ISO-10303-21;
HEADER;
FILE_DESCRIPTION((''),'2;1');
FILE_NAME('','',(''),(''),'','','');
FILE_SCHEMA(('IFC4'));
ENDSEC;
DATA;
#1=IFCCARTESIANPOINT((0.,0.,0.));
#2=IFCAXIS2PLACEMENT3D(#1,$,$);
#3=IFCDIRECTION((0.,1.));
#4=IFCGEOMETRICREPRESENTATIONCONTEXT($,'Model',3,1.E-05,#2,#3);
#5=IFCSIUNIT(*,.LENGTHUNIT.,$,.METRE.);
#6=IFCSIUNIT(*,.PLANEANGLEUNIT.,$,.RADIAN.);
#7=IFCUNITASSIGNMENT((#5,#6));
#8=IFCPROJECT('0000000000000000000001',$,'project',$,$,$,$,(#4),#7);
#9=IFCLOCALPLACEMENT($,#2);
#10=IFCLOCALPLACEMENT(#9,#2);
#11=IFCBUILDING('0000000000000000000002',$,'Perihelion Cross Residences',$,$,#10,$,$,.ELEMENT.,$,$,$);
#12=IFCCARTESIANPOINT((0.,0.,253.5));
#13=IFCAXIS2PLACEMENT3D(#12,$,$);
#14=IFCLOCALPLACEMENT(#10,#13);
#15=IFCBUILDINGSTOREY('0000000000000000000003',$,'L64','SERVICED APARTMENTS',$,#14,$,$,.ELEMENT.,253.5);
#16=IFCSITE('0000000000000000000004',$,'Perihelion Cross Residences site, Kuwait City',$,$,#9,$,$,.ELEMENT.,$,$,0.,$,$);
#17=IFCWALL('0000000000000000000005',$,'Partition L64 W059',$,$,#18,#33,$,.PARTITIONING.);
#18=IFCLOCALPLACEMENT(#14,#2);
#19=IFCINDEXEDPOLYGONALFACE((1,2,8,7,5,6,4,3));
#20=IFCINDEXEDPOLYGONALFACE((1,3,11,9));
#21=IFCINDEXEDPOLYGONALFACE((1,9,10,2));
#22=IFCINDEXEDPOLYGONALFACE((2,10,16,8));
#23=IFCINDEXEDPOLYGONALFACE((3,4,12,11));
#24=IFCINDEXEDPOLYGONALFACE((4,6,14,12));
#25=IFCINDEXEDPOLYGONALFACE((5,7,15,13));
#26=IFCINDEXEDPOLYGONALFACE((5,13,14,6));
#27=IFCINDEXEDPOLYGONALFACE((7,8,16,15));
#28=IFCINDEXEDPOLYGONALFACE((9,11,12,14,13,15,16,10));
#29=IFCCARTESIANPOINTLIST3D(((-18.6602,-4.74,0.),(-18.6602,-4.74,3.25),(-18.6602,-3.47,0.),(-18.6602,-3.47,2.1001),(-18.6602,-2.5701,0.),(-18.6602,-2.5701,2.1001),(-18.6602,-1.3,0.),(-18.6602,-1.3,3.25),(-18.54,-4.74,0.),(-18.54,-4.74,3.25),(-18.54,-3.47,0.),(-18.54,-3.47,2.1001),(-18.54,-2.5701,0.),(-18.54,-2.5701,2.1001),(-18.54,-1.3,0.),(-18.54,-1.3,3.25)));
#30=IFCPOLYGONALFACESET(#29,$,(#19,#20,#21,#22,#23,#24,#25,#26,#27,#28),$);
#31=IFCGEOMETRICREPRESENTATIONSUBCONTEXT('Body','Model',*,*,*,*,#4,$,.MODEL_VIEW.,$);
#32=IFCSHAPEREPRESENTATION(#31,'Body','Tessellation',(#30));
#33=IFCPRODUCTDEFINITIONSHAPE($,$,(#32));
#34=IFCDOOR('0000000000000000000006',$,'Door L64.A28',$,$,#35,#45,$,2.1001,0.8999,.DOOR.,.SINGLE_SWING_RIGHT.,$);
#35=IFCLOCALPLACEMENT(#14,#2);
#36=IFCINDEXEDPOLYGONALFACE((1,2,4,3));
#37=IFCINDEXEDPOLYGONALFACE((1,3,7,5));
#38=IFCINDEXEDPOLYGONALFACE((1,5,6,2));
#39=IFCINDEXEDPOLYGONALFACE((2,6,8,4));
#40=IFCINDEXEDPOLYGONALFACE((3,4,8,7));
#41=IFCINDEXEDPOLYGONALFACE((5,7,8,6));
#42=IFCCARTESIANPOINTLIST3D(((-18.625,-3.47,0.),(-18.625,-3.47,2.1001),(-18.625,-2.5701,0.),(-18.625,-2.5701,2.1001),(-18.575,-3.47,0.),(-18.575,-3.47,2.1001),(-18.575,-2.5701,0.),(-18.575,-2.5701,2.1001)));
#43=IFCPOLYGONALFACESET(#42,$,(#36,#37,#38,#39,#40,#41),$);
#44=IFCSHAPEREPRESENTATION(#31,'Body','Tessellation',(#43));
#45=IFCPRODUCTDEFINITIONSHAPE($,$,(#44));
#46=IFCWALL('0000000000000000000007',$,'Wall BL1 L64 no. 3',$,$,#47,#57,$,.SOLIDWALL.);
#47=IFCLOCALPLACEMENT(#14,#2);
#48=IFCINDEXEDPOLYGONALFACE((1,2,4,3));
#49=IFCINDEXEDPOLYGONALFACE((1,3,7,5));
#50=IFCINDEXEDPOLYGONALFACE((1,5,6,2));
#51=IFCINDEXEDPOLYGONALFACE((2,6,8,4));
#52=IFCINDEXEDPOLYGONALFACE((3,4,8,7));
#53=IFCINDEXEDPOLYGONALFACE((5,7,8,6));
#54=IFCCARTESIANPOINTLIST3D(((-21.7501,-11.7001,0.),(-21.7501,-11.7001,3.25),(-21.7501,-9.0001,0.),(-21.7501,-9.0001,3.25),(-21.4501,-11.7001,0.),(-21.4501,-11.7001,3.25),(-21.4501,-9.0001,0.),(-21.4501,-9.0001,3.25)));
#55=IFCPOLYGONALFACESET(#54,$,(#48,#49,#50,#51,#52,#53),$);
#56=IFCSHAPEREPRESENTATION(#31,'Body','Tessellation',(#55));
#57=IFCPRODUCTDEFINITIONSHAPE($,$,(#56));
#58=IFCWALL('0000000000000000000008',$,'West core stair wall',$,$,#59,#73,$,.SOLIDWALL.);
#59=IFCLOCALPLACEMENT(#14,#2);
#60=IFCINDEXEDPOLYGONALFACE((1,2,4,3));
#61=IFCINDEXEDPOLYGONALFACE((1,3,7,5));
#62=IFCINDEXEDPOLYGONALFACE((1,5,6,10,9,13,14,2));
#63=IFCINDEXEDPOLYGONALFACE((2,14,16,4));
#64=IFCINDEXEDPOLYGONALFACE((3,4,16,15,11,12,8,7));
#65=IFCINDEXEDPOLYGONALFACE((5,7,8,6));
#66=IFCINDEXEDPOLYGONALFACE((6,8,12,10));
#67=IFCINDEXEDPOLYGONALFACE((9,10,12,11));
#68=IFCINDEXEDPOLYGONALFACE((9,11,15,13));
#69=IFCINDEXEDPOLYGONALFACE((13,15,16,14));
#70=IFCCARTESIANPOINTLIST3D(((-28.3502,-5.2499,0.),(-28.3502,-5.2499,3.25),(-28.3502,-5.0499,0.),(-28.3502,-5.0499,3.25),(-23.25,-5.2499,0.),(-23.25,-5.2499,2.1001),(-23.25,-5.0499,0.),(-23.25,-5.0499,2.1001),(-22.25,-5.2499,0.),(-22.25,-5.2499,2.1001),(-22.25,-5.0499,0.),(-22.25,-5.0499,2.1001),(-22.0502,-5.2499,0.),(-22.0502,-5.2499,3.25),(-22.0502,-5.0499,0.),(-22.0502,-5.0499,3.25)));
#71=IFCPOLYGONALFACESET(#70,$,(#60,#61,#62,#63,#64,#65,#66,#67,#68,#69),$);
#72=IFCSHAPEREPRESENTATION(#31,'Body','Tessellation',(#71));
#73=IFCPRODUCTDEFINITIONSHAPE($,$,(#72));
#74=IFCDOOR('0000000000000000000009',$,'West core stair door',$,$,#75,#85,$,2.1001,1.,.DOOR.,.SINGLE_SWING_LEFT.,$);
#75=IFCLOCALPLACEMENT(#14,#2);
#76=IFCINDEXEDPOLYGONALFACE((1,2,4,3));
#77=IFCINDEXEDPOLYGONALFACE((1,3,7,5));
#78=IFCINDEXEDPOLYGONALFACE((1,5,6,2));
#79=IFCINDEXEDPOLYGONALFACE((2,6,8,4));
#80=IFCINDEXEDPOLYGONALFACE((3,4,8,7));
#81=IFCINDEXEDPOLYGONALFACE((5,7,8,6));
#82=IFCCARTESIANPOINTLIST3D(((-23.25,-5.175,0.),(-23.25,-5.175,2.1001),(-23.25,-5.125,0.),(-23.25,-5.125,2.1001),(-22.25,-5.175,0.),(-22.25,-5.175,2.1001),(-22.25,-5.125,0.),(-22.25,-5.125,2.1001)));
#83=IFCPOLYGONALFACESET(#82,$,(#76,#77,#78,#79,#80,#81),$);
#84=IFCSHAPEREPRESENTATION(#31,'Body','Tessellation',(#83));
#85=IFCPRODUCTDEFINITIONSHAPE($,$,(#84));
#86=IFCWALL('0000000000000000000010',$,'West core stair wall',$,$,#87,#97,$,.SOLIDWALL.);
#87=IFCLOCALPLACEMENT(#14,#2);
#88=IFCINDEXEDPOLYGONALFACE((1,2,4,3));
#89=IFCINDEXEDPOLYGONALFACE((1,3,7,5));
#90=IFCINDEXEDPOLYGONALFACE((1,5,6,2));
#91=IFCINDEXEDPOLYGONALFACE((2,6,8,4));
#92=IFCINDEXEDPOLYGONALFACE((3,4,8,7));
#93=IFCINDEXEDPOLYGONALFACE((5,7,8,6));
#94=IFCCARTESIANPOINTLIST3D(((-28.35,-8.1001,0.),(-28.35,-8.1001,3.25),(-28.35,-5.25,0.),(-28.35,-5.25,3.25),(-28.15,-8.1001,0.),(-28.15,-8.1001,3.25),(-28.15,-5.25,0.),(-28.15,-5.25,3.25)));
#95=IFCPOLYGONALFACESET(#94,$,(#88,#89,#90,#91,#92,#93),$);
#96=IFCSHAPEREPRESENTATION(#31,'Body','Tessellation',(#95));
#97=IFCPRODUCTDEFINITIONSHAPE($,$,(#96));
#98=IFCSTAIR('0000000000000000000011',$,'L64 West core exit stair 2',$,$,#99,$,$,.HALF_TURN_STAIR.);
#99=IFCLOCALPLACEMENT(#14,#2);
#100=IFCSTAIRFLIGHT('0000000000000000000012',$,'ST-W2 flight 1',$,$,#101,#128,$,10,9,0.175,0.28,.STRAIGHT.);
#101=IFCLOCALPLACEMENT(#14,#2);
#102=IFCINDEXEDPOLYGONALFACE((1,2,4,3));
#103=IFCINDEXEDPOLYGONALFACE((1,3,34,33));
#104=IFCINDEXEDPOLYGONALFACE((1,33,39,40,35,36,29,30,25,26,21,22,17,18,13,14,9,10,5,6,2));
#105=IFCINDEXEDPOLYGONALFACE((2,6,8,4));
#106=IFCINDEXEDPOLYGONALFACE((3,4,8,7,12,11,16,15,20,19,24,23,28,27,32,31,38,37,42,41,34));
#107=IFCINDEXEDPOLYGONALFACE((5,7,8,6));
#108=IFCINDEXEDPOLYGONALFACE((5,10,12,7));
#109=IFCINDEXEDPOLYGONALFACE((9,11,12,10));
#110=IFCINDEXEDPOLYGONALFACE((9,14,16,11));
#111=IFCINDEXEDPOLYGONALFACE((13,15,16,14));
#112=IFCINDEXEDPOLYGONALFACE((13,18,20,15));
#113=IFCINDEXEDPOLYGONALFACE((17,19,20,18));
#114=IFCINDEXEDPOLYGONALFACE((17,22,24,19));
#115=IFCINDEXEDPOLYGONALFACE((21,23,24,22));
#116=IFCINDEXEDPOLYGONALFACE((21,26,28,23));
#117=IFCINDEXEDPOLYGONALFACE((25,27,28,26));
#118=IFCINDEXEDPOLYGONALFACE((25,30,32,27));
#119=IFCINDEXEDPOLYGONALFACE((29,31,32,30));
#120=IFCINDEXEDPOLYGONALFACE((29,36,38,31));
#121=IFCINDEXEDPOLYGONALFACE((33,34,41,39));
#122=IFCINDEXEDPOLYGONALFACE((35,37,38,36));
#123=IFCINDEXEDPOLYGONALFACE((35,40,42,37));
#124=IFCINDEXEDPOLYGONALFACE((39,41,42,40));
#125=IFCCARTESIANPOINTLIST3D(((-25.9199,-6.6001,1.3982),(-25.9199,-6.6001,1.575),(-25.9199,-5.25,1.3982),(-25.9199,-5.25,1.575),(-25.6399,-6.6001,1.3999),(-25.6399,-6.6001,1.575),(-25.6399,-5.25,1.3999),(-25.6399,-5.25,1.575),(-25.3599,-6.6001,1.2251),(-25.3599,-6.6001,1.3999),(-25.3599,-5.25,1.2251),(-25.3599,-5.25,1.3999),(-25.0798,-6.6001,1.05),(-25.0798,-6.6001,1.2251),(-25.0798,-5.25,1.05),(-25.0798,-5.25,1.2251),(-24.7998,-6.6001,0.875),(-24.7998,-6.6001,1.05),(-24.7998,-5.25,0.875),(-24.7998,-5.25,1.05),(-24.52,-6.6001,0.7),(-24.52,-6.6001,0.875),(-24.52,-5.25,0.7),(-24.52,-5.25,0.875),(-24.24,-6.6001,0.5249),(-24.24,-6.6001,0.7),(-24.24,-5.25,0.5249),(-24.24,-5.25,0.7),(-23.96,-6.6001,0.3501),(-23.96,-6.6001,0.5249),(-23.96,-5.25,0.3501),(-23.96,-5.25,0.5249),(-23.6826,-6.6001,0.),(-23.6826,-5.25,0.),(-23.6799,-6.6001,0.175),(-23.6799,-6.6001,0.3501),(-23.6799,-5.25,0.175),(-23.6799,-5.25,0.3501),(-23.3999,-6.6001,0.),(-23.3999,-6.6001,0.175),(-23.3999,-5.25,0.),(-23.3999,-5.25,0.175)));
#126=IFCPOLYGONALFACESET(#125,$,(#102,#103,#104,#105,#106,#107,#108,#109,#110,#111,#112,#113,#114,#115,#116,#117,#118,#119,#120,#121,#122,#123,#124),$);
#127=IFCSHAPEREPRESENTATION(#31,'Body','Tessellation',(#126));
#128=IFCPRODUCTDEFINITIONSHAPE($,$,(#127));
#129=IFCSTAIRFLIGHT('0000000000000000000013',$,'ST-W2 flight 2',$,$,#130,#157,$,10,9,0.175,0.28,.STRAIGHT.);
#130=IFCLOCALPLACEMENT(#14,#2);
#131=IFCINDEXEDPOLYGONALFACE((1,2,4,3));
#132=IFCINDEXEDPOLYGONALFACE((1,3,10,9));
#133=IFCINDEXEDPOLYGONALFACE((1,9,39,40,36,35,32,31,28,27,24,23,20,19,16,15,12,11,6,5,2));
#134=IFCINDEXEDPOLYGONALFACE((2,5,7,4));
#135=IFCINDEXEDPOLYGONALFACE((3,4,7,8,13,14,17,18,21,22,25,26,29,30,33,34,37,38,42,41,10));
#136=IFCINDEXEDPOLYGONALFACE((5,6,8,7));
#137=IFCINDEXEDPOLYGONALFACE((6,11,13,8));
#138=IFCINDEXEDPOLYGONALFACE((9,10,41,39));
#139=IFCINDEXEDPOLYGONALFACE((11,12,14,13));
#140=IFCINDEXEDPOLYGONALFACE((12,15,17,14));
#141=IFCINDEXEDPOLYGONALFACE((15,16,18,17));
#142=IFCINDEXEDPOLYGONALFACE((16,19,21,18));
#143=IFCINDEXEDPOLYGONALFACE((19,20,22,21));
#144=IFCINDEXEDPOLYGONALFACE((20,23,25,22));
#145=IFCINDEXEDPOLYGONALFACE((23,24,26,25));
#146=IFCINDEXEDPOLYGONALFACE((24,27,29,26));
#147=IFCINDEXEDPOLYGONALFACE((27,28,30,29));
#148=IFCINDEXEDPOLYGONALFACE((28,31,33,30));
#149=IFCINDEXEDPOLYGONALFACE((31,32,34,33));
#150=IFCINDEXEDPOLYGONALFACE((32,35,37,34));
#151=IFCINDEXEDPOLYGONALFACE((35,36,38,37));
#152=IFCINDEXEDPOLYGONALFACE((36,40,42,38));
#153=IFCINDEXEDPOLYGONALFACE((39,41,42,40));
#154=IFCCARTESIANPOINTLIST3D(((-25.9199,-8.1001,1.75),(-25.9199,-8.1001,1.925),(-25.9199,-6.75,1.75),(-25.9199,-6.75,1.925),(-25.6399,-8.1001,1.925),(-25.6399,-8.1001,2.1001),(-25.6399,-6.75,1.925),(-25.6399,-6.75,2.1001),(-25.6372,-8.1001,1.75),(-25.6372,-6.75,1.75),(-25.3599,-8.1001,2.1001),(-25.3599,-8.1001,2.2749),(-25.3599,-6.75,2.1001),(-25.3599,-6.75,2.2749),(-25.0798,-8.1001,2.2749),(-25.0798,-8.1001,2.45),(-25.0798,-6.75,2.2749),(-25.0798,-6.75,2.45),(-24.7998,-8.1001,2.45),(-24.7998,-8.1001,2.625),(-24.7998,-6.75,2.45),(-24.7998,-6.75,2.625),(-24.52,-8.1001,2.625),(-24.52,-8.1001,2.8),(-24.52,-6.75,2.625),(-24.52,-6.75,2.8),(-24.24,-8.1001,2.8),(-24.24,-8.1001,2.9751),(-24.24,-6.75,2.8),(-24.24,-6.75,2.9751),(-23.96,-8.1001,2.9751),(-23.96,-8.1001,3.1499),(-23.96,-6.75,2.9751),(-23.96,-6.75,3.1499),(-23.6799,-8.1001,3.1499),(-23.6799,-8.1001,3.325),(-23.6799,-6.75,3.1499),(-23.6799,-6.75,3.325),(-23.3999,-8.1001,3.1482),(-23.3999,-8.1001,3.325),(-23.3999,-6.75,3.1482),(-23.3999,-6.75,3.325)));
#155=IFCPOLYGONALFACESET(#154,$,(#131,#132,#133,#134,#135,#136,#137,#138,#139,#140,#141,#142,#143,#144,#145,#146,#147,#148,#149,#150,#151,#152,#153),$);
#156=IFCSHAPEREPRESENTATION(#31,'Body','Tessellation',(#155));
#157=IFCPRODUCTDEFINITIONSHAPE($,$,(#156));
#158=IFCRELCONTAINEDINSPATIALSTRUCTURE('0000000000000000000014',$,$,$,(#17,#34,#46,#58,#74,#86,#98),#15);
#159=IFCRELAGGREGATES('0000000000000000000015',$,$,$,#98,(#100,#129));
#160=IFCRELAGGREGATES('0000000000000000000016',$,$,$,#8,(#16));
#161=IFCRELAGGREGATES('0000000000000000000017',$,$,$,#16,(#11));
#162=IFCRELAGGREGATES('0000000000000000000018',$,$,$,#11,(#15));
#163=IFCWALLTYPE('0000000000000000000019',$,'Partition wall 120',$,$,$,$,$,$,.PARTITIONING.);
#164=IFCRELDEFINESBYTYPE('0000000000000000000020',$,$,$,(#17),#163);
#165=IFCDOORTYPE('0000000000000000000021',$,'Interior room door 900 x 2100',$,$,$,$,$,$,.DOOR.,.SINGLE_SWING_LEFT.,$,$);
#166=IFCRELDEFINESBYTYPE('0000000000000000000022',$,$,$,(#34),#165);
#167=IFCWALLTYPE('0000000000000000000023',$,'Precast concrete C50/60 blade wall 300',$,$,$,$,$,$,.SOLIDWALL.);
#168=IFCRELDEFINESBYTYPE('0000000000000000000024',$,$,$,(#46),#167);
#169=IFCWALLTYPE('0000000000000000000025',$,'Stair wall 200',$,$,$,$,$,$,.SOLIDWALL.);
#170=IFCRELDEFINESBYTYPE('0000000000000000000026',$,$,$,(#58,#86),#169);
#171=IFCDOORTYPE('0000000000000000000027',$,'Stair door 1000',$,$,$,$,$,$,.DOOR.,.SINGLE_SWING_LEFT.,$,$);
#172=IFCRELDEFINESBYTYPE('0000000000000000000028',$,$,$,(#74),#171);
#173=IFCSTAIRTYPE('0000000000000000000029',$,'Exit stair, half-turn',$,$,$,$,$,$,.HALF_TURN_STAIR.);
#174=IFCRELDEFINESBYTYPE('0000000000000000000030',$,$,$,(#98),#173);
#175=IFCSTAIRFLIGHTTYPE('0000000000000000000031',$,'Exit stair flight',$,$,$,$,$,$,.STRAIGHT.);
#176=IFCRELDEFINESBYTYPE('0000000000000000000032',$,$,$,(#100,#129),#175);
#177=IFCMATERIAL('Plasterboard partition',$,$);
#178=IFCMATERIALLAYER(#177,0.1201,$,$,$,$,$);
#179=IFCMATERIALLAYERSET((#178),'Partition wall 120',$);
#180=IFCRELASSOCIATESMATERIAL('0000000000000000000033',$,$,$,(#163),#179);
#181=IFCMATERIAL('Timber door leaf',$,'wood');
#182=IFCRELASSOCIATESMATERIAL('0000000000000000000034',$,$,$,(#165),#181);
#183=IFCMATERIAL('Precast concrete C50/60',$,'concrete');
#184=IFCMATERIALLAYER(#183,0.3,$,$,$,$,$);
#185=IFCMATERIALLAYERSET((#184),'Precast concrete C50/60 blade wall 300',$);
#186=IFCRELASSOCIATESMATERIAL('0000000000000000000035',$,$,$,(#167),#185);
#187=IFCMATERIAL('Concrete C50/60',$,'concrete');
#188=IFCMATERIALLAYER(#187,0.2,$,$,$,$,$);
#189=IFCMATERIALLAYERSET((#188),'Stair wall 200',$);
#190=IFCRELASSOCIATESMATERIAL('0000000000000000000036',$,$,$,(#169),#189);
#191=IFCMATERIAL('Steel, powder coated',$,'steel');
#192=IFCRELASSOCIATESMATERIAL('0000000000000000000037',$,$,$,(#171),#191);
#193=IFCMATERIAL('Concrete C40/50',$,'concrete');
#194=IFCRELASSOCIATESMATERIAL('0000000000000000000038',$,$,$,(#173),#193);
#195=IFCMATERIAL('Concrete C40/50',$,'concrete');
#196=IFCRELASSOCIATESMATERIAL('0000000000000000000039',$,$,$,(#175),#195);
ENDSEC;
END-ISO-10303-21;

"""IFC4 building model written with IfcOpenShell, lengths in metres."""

from ifc_helpers import new_model, si_unit, direction, frame, frame_2d, origin, place, context, subcontext, project, spatial, polyline, rectangle, outline, extrude, material, layer, layer_set, type_object, element, fill, aggregate, save


model = new_model("IFC4")

# Units and contexts
model_context = context("Model", 3, precision=1e-05, world=origin(), true_north=direction((0.0, 1.0)))
body_context = subcontext(model_context, "Body", "Model", "MODEL_VIEW")
ifc_project = project(units=[si_unit("LENGTHUNIT", "METRE"), si_unit("PLANEANGLEUNIT", "RADIAN")], contexts=[model_context])

# Site, building, storey
site_placement = place(None, origin())
site = spatial("IfcSite", under=ifc_project, at=site_placement, Name="Perihelion Cross Residences site, Kuwait City", CompositionType="ELEMENT", RefElevation=0.0)
building_placement = place(site_placement, origin())
building = spatial("IfcBuilding", under=site, at=building_placement, Name="Perihelion Cross Residences", CompositionType="ELEMENT")
storey_placement = place(building_placement, frame((0.0, 0.0, 253.5)))
storey = spatial("IfcBuildingStorey", under=building, at=storey_placement, Name="L64", Description="SERVICED APARTMENTS", CompositionType="ELEMENT", Elevation=253.5)

# Wall, opening, door
ifc_material_1 = material(Name="Plasterboard partition")
ifc_layer_1 = layer(ifc_material_1, 0.1201)
ifc_layer_set_1 = layer_set([ifc_layer_1], Name="Partition wall 120")
wall_type_1 = type_object("IfcWallType", Name="Partition wall 120", PredefinedType="PARTITIONING", material=ifc_layer_set_1)
wall_1_placement = place(storey_placement, frame((-18.6001, -4.74, 0.0), z_axis=(0.0, 0.0, 1.0), x_axis=(0.0, 1.0, 0.0)))
wall_1 = element("IfcWall", 1, at=wall_1_placement, inside=storey, type_object=wall_type_1, Name="Partition L64 W059", PredefinedType="PARTITIONING", context=body_context, shape_type="SweptSolid", body=[
    extrude(rectangle(XDim=3.4399, YDim=0.1201, at=frame_2d((1.72, 0.0))), origin(), (0.0, 0.0, 1.0), 3.25),
])
opening_1_placement = place(wall_1_placement, frame((1.27, 0.0, 0.0)))
opening_1 = element("IfcOpeningElement", 2, at=opening_1_placement, cuts=wall_1, PredefinedType="OPENING", context=body_context, shape_type="SweptSolid", body=[
    extrude(rectangle(XDim=0.8999, YDim=2.1001, at=frame_2d((0.45, 1.05))), frame((0.0, 0.0701, 0.0), z_axis=(0.0, -1.0, 0.0), x_axis=(1.0, 0.0, 0.0)), (0.0, 0.0, 1.0), 0.1401),
])
ifc_material_2 = material(Name="Timber door leaf", Category="wood")
door_type_1 = type_object("IfcDoorType", Name="Interior room door 900 x 2100", OperationType="SINGLE_SWING_LEFT", PredefinedType="DOOR", material=ifc_material_2)
door_1_placement = place(opening_1_placement, origin())
door_1 = element("IfcDoor", 3, at=door_1_placement, inside=storey, type_object=door_type_1, Name="Door L64.A28", OperationType="SINGLE_SWING_RIGHT", OverallHeight=2.1001, OverallWidth=0.8999, PredefinedType="DOOR", context=body_context, shape_type="SweptSolid", body=[
    extrude(rectangle(XDim=0.8999, YDim=2.1001, at=frame_2d((0.45, 1.05))), frame((0.0, 0.0249, 0.0), z_axis=(0.0, -1.0, 0.0), x_axis=(1.0, 0.0, 0.0)), (0.0, 0.0, 1.0), 0.05),
])
fill(opening_1, door_1)

# Wall
ifc_material_3 = material(Name="Precast concrete C50/60", Category="concrete")
ifc_layer_2 = layer(ifc_material_3, 0.3)
ifc_layer_set_2 = layer_set([ifc_layer_2], Name="Precast concrete C50/60 blade wall 300")
wall_type_2 = type_object("IfcWallType", Name="Precast concrete C50/60 blade wall 300", PredefinedType="SOLIDWALL", material=ifc_layer_set_2)
wall_2_placement = place(storey_placement, frame((-21.6001, -9.0, 0.0), z_axis=(0.0, 0.0, 1.0), x_axis=(0.0, -1.0, 0.0)))
element("IfcWall", 4, at=wall_2_placement, inside=storey, type_object=wall_type_2, Name="Wall BL1 L64 no. 3", PredefinedType="SOLIDWALL", context=body_context, shape_type="SweptSolid", body=[
    extrude(rectangle(XDim=2.7, YDim=0.3, at=frame_2d((1.3501, 0.0))), origin(), (0.0, 0.0, 1.0), 3.25),
])

# Wall, opening, door
ifc_material_4 = material(Name="Concrete C50/60", Category="concrete")
ifc_layer_3 = layer(ifc_material_4, 0.2)
ifc_layer_set_3 = layer_set([ifc_layer_3], Name="Stair wall 200")
wall_type_3 = type_object("IfcWallType", Name="Stair wall 200", PredefinedType="SOLIDWALL", material=ifc_layer_set_3)
wall_3_placement = place(storey_placement, frame((-28.3501, -5.1499, 0.0), z_axis=(0.0, 0.0, 1.0), x_axis=(1.0, 0.0, 0.0)))
wall_3 = element("IfcWall", 5, at=wall_3_placement, inside=storey, type_object=wall_type_3, Name="West core stair wall", PredefinedType="SOLIDWALL", context=body_context, shape_type="SweptSolid", body=[
    extrude(rectangle(XDim=6.3, YDim=0.2, at=frame_2d((3.1499, 0.0))), origin(), (0.0, 0.0, 1.0), 3.25),
])
opening_2_placement = place(wall_3_placement, frame((5.1001, 0.0, 0.0)))
opening_2 = element("IfcOpeningElement", 6, at=opening_2_placement, cuts=wall_3, PredefinedType="OPENING", context=body_context, shape_type="SweptSolid", body=[
    extrude(rectangle(XDim=1.0, YDim=2.1001, at=frame_2d((0.5, 1.05))), frame((0.0, 0.1099, 0.0), z_axis=(0.0, -1.0, 0.0), x_axis=(1.0, 0.0, 0.0)), (0.0, 0.0, 1.0), 0.22),
])
ifc_material_5 = material(Name="Steel, powder coated", Category="steel")
door_type_2 = type_object("IfcDoorType", Name="Stair door 1000", OperationType="SINGLE_SWING_LEFT", PredefinedType="DOOR", material=ifc_material_5)
door_2_placement = place(opening_2_placement, origin())
door_2 = element("IfcDoor", 7, at=door_2_placement, inside=storey, type_object=door_type_2, Name="West core stair door", OperationType="SINGLE_SWING_LEFT", OverallHeight=2.1001, OverallWidth=1.0, PredefinedType="DOOR", context=body_context, shape_type="SweptSolid", body=[
    extrude(rectangle(XDim=1.0, YDim=2.1001, at=frame_2d((0.5, 1.05))), frame((0.0, 0.0249, 0.0), z_axis=(0.0, -1.0, 0.0), x_axis=(1.0, 0.0, 0.0)), (0.0, 0.0, 1.0), 0.05),
])
fill(opening_2, door_2)

# Wall
wall_4_placement = place(storey_placement, frame((-28.25, -8.1001, 0.0), z_axis=(0.0, 0.0, 1.0), x_axis=(0.0, 1.0, 0.0)))
element("IfcWall", 8, at=wall_4_placement, inside=storey, type_object=wall_type_3, Name="West core stair wall", PredefinedType="SOLIDWALL", context=body_context, shape_type="SweptSolid", body=[
    extrude(rectangle(XDim=2.8501, YDim=0.2, at=frame_2d((1.425, 0.0))), origin(), (0.0, 0.0, 1.0), 3.25),
])

# Stair, stair flights
ifc_material_6 = material(Name="Concrete C40/50", Category="concrete")
stair_type = type_object("IfcStairType", Name="Exit stair, half-turn", PredefinedType="HALF_TURN_STAIR", material=ifc_material_6)
stair_placement = place(storey_placement, origin())
stair = element("IfcStair", 9, at=stair_placement, inside=storey, type_object=stair_type, Name="L64 West core exit stair 2", PredefinedType="HALF_TURN_STAIR")
ifc_material_7 = material(Name="Concrete C40/50", Category="concrete")
stair_flight_type = type_object("IfcStairFlightType", Name="Exit stair flight", PredefinedType="STRAIGHT", material=ifc_material_7)
stair_flight_1_placement = place(storey_placement, frame((-23.3999, -5.925, 0.0), z_axis=(0.0, 0.0, 1.0), x_axis=(-1.0, 0.0, 0.0)))
stair_flight_1 = element("IfcStairFlight", 10, at=stair_flight_1_placement, type_object=stair_flight_type, Name="ST-W2 flight 1", NumberOfRisers=10, NumberOfTreads=9, PredefinedType="STRAIGHT", RiserHeight=0.175, TreadLength=0.28, context=body_context, shape_type="SweptSolid", body=[
    extrude(outline(polyline([(0.0, 0.0), (0.0, 0.175), (0.28, 0.175), (0.28, 0.3501), (0.5601, 0.3501), (0.5601, 0.5249), (0.8401, 0.5249), (0.8401, 0.7), (1.1201, 0.7), (1.1201, 0.875), (1.3999, 0.875), (1.3999, 1.05), (1.6799, 1.05), (1.6799, 1.2251), (1.96, 1.2251), (1.96, 1.3999), (2.24, 1.3999), (2.24, 1.575), (2.52, 1.575), (2.52, 1.75), (2.52, 1.3982), (0.2827, 0.0), (0.0, 0.0)])), frame((0.0, 0.675, 0.0), z_axis=(0.0, -1.0, 0.0), x_axis=(1.0, 0.0, 0.0)), (0.0, 0.0, 1.0), 1.3501),
])
stair_flight_2_placement = place(storey_placement, frame((-25.9199, -7.425, 1.75), z_axis=(0.0, 0.0, 1.0), x_axis=(1.0, 0.0, 0.0)))
stair_flight_2 = element("IfcStairFlight", 11, at=stair_flight_2_placement, type_object=stair_flight_type, Name="ST-W2 flight 2", NumberOfRisers=10, NumberOfTreads=9, PredefinedType="STRAIGHT", RiserHeight=0.175, TreadLength=0.28, context=body_context, shape_type="SweptSolid", body=[
    extrude(outline(polyline([(0.0, 0.0), (0.0, 0.175), (0.28, 0.175), (0.28, 0.3501), (0.5601, 0.3501), (0.5601, 0.5249), (0.8401, 0.5249), (0.8401, 0.7), (1.1201, 0.7), (1.1201, 0.875), (1.3999, 0.875), (1.3999, 1.05), (1.6799, 1.05), (1.6799, 1.2251), (1.96, 1.2251), (1.96, 1.3999), (2.24, 1.3999), (2.24, 1.575), (2.52, 1.575), (2.52, 1.75), (2.52, 1.3982), (0.2827, 0.0), (0.0, 0.0)])), frame((0.0, 0.675, 0.0), z_axis=(0.0, -1.0, 0.0), x_axis=(1.0, 0.0, 0.0)), (0.0, 0.0, 1.0), 1.3501),
])
aggregate(stair, [stair_flight_1, stair_flight_2])

save(model, "model.ifc")
